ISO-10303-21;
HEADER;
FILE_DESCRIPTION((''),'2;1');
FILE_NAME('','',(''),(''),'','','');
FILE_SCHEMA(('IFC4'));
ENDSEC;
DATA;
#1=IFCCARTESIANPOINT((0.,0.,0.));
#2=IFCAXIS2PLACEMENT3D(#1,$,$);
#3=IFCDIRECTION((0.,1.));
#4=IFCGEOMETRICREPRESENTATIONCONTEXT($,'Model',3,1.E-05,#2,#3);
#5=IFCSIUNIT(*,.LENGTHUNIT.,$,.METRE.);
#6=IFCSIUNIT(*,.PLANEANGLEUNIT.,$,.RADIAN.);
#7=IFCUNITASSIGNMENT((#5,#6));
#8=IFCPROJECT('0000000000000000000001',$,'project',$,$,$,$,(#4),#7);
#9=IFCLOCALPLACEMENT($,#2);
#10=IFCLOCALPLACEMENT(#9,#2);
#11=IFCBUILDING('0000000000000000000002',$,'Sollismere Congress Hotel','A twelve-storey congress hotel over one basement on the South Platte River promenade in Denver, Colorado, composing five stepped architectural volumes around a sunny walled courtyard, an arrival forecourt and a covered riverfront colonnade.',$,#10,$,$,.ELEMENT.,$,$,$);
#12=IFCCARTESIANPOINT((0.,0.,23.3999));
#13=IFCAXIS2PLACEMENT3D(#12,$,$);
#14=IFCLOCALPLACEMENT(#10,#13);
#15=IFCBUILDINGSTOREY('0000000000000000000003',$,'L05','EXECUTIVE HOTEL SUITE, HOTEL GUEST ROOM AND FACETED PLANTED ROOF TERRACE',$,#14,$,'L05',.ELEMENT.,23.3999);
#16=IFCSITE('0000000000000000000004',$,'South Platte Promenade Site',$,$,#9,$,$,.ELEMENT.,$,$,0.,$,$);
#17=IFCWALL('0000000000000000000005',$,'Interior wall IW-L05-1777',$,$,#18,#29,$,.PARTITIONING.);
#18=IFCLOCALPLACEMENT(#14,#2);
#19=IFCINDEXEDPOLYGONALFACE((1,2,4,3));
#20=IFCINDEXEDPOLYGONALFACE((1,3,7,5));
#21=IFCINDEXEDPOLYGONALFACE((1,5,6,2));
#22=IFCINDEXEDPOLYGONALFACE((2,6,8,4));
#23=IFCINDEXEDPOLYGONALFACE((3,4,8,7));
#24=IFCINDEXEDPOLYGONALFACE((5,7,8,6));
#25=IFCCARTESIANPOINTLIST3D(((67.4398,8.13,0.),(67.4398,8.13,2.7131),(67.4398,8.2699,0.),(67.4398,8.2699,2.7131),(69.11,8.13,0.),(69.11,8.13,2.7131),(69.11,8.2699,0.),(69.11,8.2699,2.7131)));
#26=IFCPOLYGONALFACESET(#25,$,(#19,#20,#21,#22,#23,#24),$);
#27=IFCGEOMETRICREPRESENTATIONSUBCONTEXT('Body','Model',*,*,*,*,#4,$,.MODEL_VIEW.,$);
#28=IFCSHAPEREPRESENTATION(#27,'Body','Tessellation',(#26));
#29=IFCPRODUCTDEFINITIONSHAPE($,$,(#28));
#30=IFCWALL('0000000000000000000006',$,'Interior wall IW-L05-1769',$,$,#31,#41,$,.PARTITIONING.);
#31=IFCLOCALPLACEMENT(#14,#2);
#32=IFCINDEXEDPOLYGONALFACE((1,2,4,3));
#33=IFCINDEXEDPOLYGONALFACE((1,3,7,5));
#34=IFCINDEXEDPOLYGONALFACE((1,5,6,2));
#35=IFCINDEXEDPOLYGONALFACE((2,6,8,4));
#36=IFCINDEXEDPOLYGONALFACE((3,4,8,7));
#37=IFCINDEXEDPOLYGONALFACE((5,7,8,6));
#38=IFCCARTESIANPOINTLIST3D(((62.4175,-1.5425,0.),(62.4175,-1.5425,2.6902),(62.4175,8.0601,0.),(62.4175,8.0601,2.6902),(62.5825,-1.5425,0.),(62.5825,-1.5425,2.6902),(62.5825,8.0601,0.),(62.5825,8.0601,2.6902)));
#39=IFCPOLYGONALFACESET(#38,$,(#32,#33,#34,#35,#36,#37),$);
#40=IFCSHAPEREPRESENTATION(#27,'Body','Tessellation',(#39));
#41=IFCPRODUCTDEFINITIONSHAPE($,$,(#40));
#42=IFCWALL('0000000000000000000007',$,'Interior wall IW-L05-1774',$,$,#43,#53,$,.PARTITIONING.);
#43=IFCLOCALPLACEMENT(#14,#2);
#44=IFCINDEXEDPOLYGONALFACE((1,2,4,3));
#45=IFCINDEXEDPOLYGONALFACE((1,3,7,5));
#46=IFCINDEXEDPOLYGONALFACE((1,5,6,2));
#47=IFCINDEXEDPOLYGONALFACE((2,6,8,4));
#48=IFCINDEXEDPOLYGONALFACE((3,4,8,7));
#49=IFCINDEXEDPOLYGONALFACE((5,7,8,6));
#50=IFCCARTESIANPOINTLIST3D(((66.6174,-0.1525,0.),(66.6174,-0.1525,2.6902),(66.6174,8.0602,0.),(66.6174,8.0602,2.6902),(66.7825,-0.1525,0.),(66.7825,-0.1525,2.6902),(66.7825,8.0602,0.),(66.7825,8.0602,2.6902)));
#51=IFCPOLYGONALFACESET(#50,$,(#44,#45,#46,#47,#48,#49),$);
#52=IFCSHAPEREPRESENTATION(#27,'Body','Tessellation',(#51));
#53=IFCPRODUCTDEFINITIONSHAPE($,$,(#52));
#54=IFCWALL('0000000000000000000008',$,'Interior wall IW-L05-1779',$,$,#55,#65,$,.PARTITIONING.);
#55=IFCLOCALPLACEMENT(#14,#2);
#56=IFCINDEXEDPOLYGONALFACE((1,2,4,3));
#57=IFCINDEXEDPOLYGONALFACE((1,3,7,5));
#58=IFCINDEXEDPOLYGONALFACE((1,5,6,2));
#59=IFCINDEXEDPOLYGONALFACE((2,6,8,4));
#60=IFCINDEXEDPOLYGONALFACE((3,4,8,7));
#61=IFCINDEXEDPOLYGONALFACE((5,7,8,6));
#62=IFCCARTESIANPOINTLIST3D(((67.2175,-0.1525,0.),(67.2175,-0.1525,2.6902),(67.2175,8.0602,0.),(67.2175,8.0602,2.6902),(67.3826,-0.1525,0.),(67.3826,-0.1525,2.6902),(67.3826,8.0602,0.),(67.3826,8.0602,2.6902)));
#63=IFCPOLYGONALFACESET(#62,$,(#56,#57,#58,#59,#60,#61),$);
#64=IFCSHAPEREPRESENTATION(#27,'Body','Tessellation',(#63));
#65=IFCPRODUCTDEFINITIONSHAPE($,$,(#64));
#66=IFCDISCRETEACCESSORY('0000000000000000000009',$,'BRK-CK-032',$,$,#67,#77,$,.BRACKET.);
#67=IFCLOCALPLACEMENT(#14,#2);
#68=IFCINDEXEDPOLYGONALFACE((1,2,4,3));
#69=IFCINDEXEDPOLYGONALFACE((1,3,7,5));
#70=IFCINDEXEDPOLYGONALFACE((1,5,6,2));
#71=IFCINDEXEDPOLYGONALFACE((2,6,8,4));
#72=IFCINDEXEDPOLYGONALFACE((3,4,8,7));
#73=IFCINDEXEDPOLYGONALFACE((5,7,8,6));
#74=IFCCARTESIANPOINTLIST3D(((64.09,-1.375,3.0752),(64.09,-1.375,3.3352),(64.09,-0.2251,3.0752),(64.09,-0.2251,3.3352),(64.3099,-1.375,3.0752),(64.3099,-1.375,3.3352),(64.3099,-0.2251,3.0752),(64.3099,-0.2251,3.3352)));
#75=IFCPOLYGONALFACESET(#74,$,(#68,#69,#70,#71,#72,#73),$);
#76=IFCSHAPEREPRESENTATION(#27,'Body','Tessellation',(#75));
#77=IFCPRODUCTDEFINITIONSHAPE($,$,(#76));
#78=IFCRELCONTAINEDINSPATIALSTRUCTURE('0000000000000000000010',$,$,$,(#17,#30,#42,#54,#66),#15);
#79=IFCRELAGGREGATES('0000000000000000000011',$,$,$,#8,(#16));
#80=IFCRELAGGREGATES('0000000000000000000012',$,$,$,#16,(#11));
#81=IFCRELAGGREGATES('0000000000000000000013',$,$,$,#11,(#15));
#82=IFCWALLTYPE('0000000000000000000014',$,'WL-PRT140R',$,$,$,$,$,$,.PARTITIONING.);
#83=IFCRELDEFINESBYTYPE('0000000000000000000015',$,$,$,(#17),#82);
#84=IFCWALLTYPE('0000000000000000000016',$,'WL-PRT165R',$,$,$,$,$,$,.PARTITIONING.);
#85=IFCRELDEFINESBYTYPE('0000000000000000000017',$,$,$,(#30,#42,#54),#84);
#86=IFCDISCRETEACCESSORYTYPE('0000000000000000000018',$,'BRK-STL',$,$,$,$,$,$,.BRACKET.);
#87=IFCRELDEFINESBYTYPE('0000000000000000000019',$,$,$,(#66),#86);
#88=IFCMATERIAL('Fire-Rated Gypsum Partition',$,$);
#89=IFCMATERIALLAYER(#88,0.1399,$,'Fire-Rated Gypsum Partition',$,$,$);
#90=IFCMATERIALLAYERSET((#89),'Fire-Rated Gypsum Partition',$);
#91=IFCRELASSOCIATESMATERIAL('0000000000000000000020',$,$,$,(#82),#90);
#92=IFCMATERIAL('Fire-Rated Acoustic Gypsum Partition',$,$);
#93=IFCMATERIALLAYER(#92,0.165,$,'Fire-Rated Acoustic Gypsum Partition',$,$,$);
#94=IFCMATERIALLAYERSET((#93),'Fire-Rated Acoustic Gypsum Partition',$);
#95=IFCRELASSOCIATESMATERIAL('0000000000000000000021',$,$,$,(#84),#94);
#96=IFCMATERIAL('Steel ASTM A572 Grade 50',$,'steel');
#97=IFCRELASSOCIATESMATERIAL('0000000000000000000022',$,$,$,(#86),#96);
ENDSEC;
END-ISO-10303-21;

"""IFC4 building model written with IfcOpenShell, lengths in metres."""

from ifc_helpers import new_model, si_unit, direction, frame, frame_2d, origin, origin_2d, place, context, subcontext, project, spatial, rectangle, extrude, material, layer, layer_set, type_object, element, save


model = new_model("IFC4")

# Units and contexts
model_context = context("Model", 3, precision=1e-05, world=origin(), true_north=direction((0.0, 1.0)))
body_context = subcontext(model_context, "Body", "Model", "MODEL_VIEW")
ifc_project = project(units=[si_unit("LENGTHUNIT", "METRE"), si_unit("PLANEANGLEUNIT", "RADIAN")], contexts=[model_context])

# Site, building, storey
site_placement = place(None, origin())
site = spatial("IfcSite", under=ifc_project, at=site_placement, Name="South Platte Promenade Site", CompositionType="ELEMENT", RefElevation=0.0)
building_placement = place(site_placement, origin())
building = spatial("IfcBuilding", under=site, at=building_placement, Name="Sollismere Congress Hotel", Description="A twelve-storey congress hotel over one basement on the South Platte River promenade in Denver, Colorado, composing five stepped architectural volumes around a sunny walled courtyard, an arrival forecourt and a covered riverfront colonnade.", CompositionType="ELEMENT")
storey_placement = place(building_placement, frame((0.0, 0.0, 23.3999)))
storey = spatial("IfcBuildingStorey", under=building, at=storey_placement, Name="L05", Description="EXECUTIVE HOTEL SUITE, HOTEL GUEST ROOM AND FACETED PLANTED ROOF TERRACE", LongName="L05", CompositionType="ELEMENT", Elevation=23.3999)

# Shared definitions
ifc_material_1 = material(Name="Fire-Rated Gypsum Partition")
ifc_layer_1 = layer(ifc_material_1, 0.1399, Name="Fire-Rated Gypsum Partition")
ifc_layer_set_1 = layer_set([ifc_layer_1], Name="Fire-Rated Gypsum Partition")
wall_type_1 = type_object("IfcWallType", Name="WL-PRT140R", PredefinedType="PARTITIONING", material=ifc_layer_set_1)

# Walls
wall_1_placement = place(storey_placement, frame((67.4399, 8.2, 0.0), z_axis=(0.0, 0.0, 1.0), x_axis=(1.0, 0.0, 0.0)))
element("IfcWall", 1, at=wall_1_placement, inside=storey, type_object=wall_type_1, Name="Interior wall IW-L05-1777", PredefinedType="PARTITIONING", context=body_context, shape_type="SweptSolid", body=[
    extrude(rectangle(XDim=1.6702, YDim=0.1399, at=frame_2d((0.835, 0.0))), origin(), (0.0, 0.0, 1.0), 2.7131),
])
ifc_material_2 = material(Name="Fire-Rated Acoustic Gypsum Partition")
ifc_layer_2 = layer(ifc_material_2, 0.165, Name="Fire-Rated Acoustic Gypsum Partition")
ifc_layer_set_2 = layer_set([ifc_layer_2], Name="Fire-Rated Acoustic Gypsum Partition")
wall_type_2 = type_object("IfcWallType", Name="WL-PRT165R", PredefinedType="PARTITIONING", material=ifc_layer_set_2)
wall_2_placement = place(storey_placement, frame((62.5, -1.5425, 0.0), z_axis=(0.0, 0.0, 1.0), x_axis=(0.0, 1.0, 0.0)))
element("IfcWall", 2, at=wall_2_placement, inside=storey, type_object=wall_type_2, Name="Interior wall IW-L05-1769", PredefinedType="PARTITIONING", context=body_context, shape_type="SweptSolid", body=[
    extrude(rectangle(XDim=9.6025, YDim=0.165, at=frame_2d((4.8013, 0.0))), origin(), (0.0, 0.0, 1.0), 2.6902),
])
for number, where, z_axis, x_axis, name in (
    (3, (66.7, -0.1526, 0.0), (0.0, 0.0, 1.0), (0.0, 1.0, 0.0), "Interior wall IW-L05-1774"),
    (4, (67.3, -0.1526, 0.0), (0.0, 0.0, 1.0), (0.0, 1.0, 0.0), "Interior wall IW-L05-1779"),
):
    element("IfcWall", number, at=place(storey_placement, frame(where, z_axis=z_axis, x_axis=x_axis)), inside=storey, type_object=wall_type_2, Name=name, PredefinedType="PARTITIONING", context=body_context, shape_type="SweptSolid", body=[
        extrude(rectangle(XDim=8.2126, YDim=0.165, at=frame_2d((4.1064, 0.0))), origin(), (0.0, 0.0, 1.0), 2.6902),
    ])

# Discrete accessory
ifc_material_3 = material(Name="Steel ASTM A572 Grade 50", Category="steel")
discrete_accessory_type = type_object("IfcDiscreteAccessoryType", Name="BRK-STL", PredefinedType="BRACKET", material=ifc_material_3)
discrete_accessory_placement = place(storey_placement, frame((64.2, -0.8, 3.0752), z_axis=(0.0, 0.0, 1.0), x_axis=(1.0, 0.0, 0.0)))
element("IfcDiscreteAccessory", 5, at=discrete_accessory_placement, inside=storey, type_object=discrete_accessory_type, Name="BRK-CK-032", PredefinedType="BRACKET", context=body_context, shape_type="SweptSolid", body=[
    extrude(rectangle(XDim=0.22, YDim=1.1499, at=origin_2d()), origin(), (0.0, 0.0, 1.0), 0.26),
])

save(model, "model.ifc")
